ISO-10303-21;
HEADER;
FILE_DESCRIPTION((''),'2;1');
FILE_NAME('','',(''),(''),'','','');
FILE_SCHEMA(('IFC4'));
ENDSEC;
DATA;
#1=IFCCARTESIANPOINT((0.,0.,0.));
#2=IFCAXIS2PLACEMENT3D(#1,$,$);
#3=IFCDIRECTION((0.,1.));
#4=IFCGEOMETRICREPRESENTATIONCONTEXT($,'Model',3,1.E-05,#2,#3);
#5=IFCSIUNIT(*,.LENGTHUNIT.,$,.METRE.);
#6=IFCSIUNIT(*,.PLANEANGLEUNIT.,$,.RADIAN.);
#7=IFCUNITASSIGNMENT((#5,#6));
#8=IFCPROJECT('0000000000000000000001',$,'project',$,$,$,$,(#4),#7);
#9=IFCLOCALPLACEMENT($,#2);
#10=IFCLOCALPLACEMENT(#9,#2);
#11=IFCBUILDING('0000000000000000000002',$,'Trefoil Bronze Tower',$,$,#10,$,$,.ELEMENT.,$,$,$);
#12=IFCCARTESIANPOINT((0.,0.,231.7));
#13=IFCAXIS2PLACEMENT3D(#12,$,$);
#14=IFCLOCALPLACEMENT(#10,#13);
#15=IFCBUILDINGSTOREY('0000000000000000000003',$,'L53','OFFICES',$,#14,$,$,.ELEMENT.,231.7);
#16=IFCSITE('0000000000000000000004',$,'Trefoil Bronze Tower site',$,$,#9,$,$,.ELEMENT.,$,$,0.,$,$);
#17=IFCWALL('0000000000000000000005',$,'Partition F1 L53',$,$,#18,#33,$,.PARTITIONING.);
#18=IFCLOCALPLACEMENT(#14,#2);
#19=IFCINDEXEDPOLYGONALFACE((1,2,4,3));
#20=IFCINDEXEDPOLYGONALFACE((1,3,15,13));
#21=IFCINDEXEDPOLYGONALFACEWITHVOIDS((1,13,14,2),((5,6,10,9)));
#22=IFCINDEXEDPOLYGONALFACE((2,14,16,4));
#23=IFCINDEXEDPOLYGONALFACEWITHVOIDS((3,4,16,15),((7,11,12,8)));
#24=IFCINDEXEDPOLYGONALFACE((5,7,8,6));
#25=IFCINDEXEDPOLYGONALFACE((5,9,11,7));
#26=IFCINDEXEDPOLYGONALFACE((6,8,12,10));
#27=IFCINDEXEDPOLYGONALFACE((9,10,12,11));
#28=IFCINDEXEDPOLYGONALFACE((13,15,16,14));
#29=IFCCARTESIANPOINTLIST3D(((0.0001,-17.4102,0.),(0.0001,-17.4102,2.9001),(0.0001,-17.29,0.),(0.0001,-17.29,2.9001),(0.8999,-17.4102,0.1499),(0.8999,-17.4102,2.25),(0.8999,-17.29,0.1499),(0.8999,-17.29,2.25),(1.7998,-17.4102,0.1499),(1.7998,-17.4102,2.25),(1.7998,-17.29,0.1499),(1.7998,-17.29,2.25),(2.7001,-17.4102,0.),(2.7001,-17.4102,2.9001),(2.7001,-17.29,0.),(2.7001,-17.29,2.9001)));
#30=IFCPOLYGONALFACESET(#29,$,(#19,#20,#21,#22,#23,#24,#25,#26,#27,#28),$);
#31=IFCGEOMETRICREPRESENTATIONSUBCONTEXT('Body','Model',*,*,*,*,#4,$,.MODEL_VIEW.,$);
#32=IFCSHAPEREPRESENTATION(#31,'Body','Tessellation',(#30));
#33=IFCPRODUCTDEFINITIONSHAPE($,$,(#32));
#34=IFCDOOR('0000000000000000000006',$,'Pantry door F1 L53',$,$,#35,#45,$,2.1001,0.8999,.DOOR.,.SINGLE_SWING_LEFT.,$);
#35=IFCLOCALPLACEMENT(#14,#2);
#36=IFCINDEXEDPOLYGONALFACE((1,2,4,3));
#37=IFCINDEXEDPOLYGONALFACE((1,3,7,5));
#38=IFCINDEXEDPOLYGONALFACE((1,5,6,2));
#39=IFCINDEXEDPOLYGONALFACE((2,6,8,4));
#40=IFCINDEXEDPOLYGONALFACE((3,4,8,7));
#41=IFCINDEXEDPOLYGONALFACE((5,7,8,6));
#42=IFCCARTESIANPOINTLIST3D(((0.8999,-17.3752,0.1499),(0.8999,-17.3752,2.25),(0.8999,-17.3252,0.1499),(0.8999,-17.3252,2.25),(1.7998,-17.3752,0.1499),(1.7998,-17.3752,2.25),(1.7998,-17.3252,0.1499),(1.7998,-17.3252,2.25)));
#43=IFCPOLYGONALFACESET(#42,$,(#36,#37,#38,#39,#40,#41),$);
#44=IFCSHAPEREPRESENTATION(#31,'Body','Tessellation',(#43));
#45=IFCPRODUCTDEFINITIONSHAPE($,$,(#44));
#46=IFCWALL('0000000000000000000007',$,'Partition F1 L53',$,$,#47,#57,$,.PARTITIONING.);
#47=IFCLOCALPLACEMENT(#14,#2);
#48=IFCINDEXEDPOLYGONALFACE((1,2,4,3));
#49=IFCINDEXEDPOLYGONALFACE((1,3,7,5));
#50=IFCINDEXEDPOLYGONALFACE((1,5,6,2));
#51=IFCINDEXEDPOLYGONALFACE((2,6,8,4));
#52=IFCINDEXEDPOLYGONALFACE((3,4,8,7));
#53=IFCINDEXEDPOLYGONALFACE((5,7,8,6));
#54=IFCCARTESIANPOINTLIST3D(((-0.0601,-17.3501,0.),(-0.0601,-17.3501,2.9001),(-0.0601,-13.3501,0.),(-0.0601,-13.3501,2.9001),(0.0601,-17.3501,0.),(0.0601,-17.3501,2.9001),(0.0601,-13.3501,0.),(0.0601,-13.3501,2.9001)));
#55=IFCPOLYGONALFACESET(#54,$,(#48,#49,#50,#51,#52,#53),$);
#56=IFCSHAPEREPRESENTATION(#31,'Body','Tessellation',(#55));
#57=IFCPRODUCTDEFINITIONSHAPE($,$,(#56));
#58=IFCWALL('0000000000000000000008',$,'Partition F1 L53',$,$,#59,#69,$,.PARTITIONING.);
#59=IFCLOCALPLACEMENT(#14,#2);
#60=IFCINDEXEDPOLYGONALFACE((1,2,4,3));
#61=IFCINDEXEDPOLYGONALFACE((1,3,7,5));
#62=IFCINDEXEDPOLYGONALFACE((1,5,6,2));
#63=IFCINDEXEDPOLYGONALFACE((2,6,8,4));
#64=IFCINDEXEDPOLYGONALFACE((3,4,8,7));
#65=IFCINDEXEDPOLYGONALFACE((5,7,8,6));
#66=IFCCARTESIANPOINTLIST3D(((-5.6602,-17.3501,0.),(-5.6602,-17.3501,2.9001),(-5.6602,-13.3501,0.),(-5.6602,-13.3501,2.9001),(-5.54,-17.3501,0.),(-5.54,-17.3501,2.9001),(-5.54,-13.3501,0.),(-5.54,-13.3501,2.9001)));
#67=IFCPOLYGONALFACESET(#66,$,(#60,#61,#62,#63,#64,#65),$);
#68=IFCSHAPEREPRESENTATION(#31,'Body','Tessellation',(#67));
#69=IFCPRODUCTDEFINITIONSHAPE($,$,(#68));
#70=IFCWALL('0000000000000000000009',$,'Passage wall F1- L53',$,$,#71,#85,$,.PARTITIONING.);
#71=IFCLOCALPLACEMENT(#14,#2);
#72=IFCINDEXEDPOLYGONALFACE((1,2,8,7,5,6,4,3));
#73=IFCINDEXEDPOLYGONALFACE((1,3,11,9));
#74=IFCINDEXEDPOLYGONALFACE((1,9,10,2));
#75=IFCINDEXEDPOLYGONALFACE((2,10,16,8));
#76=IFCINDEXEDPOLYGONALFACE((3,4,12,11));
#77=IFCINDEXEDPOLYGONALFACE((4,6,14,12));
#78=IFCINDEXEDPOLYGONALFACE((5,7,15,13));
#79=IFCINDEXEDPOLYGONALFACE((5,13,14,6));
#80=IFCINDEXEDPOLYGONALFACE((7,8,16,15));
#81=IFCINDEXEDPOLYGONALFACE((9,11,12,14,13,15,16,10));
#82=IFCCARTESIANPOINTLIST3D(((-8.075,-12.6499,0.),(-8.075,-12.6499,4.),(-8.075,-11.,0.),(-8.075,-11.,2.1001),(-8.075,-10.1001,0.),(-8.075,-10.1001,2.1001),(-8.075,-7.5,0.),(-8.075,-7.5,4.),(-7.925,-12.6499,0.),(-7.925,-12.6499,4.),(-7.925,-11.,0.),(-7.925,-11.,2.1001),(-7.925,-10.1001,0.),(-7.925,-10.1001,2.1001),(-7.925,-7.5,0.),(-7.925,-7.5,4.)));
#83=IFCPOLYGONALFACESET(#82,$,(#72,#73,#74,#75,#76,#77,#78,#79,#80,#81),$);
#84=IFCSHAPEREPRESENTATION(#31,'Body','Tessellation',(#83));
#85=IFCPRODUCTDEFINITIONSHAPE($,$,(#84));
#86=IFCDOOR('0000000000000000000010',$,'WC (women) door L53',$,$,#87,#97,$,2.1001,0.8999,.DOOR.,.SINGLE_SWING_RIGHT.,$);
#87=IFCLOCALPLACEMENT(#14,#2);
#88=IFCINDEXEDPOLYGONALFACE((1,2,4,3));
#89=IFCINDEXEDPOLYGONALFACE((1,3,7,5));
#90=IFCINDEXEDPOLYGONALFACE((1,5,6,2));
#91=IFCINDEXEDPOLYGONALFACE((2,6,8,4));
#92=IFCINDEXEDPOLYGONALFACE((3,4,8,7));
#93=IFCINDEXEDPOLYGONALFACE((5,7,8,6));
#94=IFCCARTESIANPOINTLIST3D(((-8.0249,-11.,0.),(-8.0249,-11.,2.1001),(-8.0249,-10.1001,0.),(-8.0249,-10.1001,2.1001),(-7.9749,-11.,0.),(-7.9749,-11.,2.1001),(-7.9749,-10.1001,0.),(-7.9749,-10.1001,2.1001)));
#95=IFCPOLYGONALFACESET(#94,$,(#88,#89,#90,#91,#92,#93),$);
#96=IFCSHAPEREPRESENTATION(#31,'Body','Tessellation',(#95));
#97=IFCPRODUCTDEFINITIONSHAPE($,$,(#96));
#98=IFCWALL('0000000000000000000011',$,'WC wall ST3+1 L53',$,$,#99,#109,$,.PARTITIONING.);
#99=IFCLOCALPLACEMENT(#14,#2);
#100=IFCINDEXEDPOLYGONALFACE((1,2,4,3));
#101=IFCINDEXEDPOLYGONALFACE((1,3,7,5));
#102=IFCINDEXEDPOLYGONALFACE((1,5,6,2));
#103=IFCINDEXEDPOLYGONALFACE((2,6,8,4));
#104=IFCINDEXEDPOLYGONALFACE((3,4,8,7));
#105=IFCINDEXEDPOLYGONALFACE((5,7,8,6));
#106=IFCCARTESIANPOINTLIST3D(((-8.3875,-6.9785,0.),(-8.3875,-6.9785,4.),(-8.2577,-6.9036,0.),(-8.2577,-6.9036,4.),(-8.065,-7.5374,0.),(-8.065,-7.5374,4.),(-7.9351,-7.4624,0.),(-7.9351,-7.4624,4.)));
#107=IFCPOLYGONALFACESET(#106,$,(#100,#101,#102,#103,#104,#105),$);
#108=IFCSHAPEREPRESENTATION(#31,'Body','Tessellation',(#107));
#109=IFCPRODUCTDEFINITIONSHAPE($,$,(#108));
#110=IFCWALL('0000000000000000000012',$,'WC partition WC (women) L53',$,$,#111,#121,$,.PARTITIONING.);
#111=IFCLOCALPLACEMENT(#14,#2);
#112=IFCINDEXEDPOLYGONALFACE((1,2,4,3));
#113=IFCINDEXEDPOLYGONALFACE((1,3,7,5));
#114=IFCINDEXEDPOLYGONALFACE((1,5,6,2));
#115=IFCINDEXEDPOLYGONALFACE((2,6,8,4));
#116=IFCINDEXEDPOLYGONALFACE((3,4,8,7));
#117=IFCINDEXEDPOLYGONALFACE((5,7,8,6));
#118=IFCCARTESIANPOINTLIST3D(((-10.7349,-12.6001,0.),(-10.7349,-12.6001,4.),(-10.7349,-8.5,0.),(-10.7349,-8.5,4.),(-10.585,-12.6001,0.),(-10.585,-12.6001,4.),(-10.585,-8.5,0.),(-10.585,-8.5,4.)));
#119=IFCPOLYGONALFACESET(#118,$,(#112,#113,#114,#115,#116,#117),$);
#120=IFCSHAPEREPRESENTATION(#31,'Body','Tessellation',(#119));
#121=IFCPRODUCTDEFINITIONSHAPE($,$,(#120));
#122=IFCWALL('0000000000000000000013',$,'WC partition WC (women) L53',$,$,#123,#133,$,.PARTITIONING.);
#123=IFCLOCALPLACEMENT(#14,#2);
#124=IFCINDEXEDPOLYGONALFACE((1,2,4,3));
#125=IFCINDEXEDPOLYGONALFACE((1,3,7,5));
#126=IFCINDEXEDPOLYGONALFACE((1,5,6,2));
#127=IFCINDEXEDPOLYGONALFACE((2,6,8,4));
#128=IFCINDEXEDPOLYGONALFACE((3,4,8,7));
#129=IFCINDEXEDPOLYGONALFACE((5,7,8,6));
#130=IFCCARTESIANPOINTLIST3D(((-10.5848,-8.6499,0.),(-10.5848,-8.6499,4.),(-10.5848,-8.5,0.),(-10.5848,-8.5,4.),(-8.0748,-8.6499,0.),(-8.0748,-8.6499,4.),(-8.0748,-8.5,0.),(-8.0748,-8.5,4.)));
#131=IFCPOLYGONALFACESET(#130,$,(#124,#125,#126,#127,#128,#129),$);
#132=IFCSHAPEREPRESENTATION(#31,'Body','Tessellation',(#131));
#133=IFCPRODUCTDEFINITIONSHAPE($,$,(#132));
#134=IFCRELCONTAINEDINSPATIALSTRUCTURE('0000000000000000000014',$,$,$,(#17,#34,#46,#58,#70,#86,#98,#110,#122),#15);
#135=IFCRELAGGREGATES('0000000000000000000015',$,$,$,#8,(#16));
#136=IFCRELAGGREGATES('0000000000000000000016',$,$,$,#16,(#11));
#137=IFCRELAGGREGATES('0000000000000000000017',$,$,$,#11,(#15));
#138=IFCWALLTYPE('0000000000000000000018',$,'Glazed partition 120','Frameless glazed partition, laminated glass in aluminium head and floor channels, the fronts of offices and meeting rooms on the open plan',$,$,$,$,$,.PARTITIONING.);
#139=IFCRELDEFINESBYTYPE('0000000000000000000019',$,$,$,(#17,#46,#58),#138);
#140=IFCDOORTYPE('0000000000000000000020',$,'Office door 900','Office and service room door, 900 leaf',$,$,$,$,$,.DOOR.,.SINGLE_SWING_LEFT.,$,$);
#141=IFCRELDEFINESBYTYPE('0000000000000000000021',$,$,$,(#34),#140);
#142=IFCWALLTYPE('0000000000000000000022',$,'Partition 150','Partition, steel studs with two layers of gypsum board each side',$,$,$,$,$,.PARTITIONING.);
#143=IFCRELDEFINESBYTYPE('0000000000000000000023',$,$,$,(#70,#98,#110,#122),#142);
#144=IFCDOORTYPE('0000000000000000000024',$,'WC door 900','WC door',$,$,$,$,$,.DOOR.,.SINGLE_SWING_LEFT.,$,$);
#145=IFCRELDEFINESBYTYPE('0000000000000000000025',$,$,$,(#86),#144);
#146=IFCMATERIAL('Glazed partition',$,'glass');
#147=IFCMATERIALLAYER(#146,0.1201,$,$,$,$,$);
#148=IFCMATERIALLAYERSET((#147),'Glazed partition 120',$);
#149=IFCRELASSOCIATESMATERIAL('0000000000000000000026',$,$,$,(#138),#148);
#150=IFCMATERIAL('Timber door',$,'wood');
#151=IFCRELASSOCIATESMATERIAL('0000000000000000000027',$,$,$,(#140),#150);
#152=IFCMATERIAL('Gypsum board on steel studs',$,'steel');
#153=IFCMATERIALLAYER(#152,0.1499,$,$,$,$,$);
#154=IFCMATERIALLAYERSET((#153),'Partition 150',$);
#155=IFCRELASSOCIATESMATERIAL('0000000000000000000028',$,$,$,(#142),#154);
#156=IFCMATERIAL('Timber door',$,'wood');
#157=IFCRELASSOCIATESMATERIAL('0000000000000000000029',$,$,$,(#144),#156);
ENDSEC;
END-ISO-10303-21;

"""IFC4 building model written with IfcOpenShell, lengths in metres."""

from ifc_helpers import new_model, si_unit, direction, frame, frame_2d, origin, place, context, subcontext, project, spatial, rectangle, extrude, material, layer, layer_set, type_object, element, fill, save


model = new_model("IFC4")

# Units and contexts
model_context = context("Model", 3, precision=1e-05, world=origin(), true_north=direction((0.0, 1.0)))
body_context = subcontext(model_context, "Body", "Model", "MODEL_VIEW")
ifc_project = project(units=[si_unit("LENGTHUNIT", "METRE"), si_unit("PLANEANGLEUNIT", "RADIAN")], contexts=[model_context])

# Site, building, storey
site_placement = place(None, origin())
site = spatial("IfcSite", under=ifc_project, at=site_placement, Name="Trefoil Bronze Tower site", CompositionType="ELEMENT", RefElevation=0.0)
building_placement = place(site_placement, origin())
building = spatial("IfcBuilding", under=site, at=building_placement, Name="Trefoil Bronze Tower", CompositionType="ELEMENT")
storey_placement = place(building_placement, frame((0.0, 0.0, 231.7)))
storey = spatial("IfcBuildingStorey", under=building, at=storey_placement, Name="L53", Description="OFFICES", CompositionType="ELEMENT", Elevation=231.7)

# Wall, opening, door
ifc_material_1 = material(Name="Glazed partition", Category="glass")
ifc_layer_1 = layer(ifc_material_1, 0.1201)
ifc_layer_set_1 = layer_set([ifc_layer_1], Name="Glazed partition 120")
wall_type_1 = type_object("IfcWallType", Name="Glazed partition 120", Description="Frameless glazed partition, laminated glass in aluminium head and floor channels, the fronts of offices and meeting rooms on the open plan", PredefinedType="PARTITIONING", material=ifc_layer_set_1)
wall_1_placement = place(storey_placement, frame((0.0, -17.3501, 0.0), z_axis=(0.0, 0.0, 1.0), x_axis=(1.0, 0.0, 0.0)))
wall_1 = element("IfcWall", 1, at=wall_1_placement, inside=storey, type_object=wall_type_1, Name="Partition F1 L53", PredefinedType="PARTITIONING", context=body_context, shape_type="SweptSolid", body=[
    extrude(rectangle(XDim=2.7, YDim=0.1201, at=frame_2d((1.3501, 0.0))), origin(), (0.0, 0.0, 1.0), 2.9001),
])
opening_1_placement = place(wall_1_placement, frame((0.8999, 0.0, 0.1499)))
opening_1 = element("IfcOpeningElement", 2, at=opening_1_placement, cuts=wall_1, PredefinedType="OPENING", context=body_context, shape_type="SweptSolid", body=[
    extrude(rectangle(XDim=0.8999, YDim=2.1001, at=frame_2d((0.45, 1.05))), frame((0.0, 0.0701, 0.0), z_axis=(0.0, -1.0, 0.0), x_axis=(1.0, 0.0, 0.0)), (0.0, 0.0, 1.0), 0.1401),
])
ifc_material_2 = material(Name="Timber door", Category="wood")
door_type_1 = type_object("IfcDoorType", Name="Office door 900", Description="Office and service room door, 900 leaf", OperationType="SINGLE_SWING_LEFT", PredefinedType="DOOR", material=ifc_material_2)
door_1_placement = place(opening_1_placement, origin())
door_1 = element("IfcDoor", 3, at=door_1_placement, inside=storey, type_object=door_type_1, Name="Pantry door F1 L53", OperationType="SINGLE_SWING_LEFT", OverallHeight=2.1001, OverallWidth=0.8999, PredefinedType="DOOR", context=body_context, shape_type="SweptSolid", body=[
    extrude(rectangle(XDim=0.8999, YDim=2.1001, at=frame_2d((0.45, 1.05))), frame((0.0, 0.0249, 0.0), z_axis=(0.0, -1.0, 0.0), x_axis=(1.0, 0.0, 0.0)), (0.0, 0.0, 1.0), 0.05),
])
fill(opening_1, door_1)

# Walls
for number, where, z_axis, x_axis, name in (
    (4, (0.0, -13.3501, 0.0), (0.0, 0.0, 1.0), (0.0, -1.0, 0.0), "Partition F1 L53"),
    (5, (-5.6001, -13.3501, 0.0), (0.0, 0.0, 1.0), (0.0, -1.0, 0.0), "Partition F1 L53"),
):
    element("IfcWall", number, at=place(storey_placement, frame(where, z_axis=z_axis, x_axis=x_axis)), inside=storey, type_object=wall_type_1, Name=name, PredefinedType="PARTITIONING", context=body_context, shape_type="SweptSolid", body=[
        extrude(rectangle(XDim=4.0, YDim=0.1201, at=frame_2d((2.0, 0.0))), origin(), (0.0, 0.0, 1.0), 2.9001),
    ])

# Wall, opening, door
ifc_material_3 = material(Name="Gypsum board on steel studs", Category="steel")
ifc_layer_2 = layer(ifc_material_3, 0.1499)
ifc_layer_set_2 = layer_set([ifc_layer_2], Name="Partition 150")
wall_type_2 = type_object("IfcWallType", Name="Partition 150", Description="Partition, steel studs with two layers of gypsum board each side", PredefinedType="PARTITIONING", material=ifc_layer_set_2)
wall_2_placement = place(storey_placement, frame((-8.0, -7.5, 0.0), z_axis=(0.0, 0.0, 1.0), x_axis=(0.0, -1.0, 0.0)))
wall_2 = element("IfcWall", 6, at=wall_2_placement, inside=storey, type_object=wall_type_2, Name="Passage wall F1- L53", PredefinedType="PARTITIONING", context=body_context, shape_type="SweptSolid", body=[
    extrude(rectangle(XDim=5.1499, YDim=0.1499, at=frame_2d((2.575, 0.0))), origin(), (0.0, 0.0, 1.0), 4.0),
])
opening_2_placement = place(wall_2_placement, frame((2.6001, 0.0, 0.0)))
opening_2 = element("IfcOpeningElement", 7, at=opening_2_placement, cuts=wall_2, PredefinedType="OPENING", context=body_context, shape_type="SweptSolid", body=[
    extrude(rectangle(XDim=0.8999, YDim=2.1001, at=frame_2d((0.45, 1.05))), frame((0.0, 0.085, 0.0), z_axis=(0.0, -1.0, 0.0), x_axis=(1.0, 0.0, 0.0)), (0.0, 0.0, 1.0), 0.1699),
])
ifc_material_4 = material(Name="Timber door", Category="wood")
door_type_2 = type_object("IfcDoorType", Name="WC door 900", Description="WC door", OperationType="SINGLE_SWING_LEFT", PredefinedType="DOOR", material=ifc_material_4)
door_2_placement = place(opening_2_placement, frame((0.8999, 0.0, 0.0), z_axis=(0.0, 0.0, 1.0), x_axis=(-1.0, 0.0, 0.0)))
door_2 = element("IfcDoor", 8, at=door_2_placement, inside=storey, type_object=door_type_2, Name="WC (women) door L53", OperationType="SINGLE_SWING_RIGHT", OverallHeight=2.1001, OverallWidth=0.8999, PredefinedType="DOOR", context=body_context, shape_type="SweptSolid", body=[
    extrude(rectangle(XDim=0.8999, YDim=2.1001, at=frame_2d((0.45, 1.05))), frame((0.0, 0.0249, 0.0), z_axis=(0.0, -1.0, 0.0), x_axis=(1.0, 0.0, 0.0)), (0.0, 0.0, 1.0), 0.05),
])
fill(opening_2, door_2)

# Walls
wall_3_placement = place(storey_placement, frame((-8.0, -7.5, 0.0), z_axis=(0.0, 0.0, 1.0), x_axis=(-0.499843, 0.866116, 0.0)))
element("IfcWall", 9, at=wall_3_placement, inside=storey, type_object=wall_type_2, Name="WC wall ST3+1 L53", PredefinedType="PARTITIONING", context=body_context, shape_type="SweptSolid", body=[
    extrude(rectangle(XDim=0.6453, YDim=0.1499, at=frame_2d((0.3228, 0.0))), origin(), (0.0, 0.0, 1.0), 4.0),
])
wall_4_placement = place(storey_placement, frame((-10.6599, -8.5, 0.0), z_axis=(0.0, 0.0, 1.0), x_axis=(0.0, -1.0, 0.0)))
element("IfcWall", 10, at=wall_4_placement, inside=storey, type_object=wall_type_2, Name="WC partition WC (women) L53", PredefinedType="PARTITIONING", context=body_context, shape_type="SweptSolid", body=[
    extrude(rectangle(XDim=4.1001, YDim=0.1499, at=frame_2d((2.05, 0.0))), origin(), (0.0, 0.0, 1.0), 4.0),
])
wall_5_placement = place(storey_placement, frame((-8.075, -8.575, 0.0), z_axis=(0.0, 0.0, 1.0), x_axis=(-1.0, 0.0, 0.0)))
element("IfcWall", 11, at=wall_5_placement, inside=storey, type_object=wall_type_2, Name="WC partition WC (women) L53", PredefinedType="PARTITIONING", context=body_context, shape_type="SweptSolid", body=[
    extrude(rectangle(XDim=2.51, YDim=0.1499, at=frame_2d((1.2549, 0.0))), origin(), (0.0, 0.0, 1.0), 4.0),
])

save(model, "model.ifc")
